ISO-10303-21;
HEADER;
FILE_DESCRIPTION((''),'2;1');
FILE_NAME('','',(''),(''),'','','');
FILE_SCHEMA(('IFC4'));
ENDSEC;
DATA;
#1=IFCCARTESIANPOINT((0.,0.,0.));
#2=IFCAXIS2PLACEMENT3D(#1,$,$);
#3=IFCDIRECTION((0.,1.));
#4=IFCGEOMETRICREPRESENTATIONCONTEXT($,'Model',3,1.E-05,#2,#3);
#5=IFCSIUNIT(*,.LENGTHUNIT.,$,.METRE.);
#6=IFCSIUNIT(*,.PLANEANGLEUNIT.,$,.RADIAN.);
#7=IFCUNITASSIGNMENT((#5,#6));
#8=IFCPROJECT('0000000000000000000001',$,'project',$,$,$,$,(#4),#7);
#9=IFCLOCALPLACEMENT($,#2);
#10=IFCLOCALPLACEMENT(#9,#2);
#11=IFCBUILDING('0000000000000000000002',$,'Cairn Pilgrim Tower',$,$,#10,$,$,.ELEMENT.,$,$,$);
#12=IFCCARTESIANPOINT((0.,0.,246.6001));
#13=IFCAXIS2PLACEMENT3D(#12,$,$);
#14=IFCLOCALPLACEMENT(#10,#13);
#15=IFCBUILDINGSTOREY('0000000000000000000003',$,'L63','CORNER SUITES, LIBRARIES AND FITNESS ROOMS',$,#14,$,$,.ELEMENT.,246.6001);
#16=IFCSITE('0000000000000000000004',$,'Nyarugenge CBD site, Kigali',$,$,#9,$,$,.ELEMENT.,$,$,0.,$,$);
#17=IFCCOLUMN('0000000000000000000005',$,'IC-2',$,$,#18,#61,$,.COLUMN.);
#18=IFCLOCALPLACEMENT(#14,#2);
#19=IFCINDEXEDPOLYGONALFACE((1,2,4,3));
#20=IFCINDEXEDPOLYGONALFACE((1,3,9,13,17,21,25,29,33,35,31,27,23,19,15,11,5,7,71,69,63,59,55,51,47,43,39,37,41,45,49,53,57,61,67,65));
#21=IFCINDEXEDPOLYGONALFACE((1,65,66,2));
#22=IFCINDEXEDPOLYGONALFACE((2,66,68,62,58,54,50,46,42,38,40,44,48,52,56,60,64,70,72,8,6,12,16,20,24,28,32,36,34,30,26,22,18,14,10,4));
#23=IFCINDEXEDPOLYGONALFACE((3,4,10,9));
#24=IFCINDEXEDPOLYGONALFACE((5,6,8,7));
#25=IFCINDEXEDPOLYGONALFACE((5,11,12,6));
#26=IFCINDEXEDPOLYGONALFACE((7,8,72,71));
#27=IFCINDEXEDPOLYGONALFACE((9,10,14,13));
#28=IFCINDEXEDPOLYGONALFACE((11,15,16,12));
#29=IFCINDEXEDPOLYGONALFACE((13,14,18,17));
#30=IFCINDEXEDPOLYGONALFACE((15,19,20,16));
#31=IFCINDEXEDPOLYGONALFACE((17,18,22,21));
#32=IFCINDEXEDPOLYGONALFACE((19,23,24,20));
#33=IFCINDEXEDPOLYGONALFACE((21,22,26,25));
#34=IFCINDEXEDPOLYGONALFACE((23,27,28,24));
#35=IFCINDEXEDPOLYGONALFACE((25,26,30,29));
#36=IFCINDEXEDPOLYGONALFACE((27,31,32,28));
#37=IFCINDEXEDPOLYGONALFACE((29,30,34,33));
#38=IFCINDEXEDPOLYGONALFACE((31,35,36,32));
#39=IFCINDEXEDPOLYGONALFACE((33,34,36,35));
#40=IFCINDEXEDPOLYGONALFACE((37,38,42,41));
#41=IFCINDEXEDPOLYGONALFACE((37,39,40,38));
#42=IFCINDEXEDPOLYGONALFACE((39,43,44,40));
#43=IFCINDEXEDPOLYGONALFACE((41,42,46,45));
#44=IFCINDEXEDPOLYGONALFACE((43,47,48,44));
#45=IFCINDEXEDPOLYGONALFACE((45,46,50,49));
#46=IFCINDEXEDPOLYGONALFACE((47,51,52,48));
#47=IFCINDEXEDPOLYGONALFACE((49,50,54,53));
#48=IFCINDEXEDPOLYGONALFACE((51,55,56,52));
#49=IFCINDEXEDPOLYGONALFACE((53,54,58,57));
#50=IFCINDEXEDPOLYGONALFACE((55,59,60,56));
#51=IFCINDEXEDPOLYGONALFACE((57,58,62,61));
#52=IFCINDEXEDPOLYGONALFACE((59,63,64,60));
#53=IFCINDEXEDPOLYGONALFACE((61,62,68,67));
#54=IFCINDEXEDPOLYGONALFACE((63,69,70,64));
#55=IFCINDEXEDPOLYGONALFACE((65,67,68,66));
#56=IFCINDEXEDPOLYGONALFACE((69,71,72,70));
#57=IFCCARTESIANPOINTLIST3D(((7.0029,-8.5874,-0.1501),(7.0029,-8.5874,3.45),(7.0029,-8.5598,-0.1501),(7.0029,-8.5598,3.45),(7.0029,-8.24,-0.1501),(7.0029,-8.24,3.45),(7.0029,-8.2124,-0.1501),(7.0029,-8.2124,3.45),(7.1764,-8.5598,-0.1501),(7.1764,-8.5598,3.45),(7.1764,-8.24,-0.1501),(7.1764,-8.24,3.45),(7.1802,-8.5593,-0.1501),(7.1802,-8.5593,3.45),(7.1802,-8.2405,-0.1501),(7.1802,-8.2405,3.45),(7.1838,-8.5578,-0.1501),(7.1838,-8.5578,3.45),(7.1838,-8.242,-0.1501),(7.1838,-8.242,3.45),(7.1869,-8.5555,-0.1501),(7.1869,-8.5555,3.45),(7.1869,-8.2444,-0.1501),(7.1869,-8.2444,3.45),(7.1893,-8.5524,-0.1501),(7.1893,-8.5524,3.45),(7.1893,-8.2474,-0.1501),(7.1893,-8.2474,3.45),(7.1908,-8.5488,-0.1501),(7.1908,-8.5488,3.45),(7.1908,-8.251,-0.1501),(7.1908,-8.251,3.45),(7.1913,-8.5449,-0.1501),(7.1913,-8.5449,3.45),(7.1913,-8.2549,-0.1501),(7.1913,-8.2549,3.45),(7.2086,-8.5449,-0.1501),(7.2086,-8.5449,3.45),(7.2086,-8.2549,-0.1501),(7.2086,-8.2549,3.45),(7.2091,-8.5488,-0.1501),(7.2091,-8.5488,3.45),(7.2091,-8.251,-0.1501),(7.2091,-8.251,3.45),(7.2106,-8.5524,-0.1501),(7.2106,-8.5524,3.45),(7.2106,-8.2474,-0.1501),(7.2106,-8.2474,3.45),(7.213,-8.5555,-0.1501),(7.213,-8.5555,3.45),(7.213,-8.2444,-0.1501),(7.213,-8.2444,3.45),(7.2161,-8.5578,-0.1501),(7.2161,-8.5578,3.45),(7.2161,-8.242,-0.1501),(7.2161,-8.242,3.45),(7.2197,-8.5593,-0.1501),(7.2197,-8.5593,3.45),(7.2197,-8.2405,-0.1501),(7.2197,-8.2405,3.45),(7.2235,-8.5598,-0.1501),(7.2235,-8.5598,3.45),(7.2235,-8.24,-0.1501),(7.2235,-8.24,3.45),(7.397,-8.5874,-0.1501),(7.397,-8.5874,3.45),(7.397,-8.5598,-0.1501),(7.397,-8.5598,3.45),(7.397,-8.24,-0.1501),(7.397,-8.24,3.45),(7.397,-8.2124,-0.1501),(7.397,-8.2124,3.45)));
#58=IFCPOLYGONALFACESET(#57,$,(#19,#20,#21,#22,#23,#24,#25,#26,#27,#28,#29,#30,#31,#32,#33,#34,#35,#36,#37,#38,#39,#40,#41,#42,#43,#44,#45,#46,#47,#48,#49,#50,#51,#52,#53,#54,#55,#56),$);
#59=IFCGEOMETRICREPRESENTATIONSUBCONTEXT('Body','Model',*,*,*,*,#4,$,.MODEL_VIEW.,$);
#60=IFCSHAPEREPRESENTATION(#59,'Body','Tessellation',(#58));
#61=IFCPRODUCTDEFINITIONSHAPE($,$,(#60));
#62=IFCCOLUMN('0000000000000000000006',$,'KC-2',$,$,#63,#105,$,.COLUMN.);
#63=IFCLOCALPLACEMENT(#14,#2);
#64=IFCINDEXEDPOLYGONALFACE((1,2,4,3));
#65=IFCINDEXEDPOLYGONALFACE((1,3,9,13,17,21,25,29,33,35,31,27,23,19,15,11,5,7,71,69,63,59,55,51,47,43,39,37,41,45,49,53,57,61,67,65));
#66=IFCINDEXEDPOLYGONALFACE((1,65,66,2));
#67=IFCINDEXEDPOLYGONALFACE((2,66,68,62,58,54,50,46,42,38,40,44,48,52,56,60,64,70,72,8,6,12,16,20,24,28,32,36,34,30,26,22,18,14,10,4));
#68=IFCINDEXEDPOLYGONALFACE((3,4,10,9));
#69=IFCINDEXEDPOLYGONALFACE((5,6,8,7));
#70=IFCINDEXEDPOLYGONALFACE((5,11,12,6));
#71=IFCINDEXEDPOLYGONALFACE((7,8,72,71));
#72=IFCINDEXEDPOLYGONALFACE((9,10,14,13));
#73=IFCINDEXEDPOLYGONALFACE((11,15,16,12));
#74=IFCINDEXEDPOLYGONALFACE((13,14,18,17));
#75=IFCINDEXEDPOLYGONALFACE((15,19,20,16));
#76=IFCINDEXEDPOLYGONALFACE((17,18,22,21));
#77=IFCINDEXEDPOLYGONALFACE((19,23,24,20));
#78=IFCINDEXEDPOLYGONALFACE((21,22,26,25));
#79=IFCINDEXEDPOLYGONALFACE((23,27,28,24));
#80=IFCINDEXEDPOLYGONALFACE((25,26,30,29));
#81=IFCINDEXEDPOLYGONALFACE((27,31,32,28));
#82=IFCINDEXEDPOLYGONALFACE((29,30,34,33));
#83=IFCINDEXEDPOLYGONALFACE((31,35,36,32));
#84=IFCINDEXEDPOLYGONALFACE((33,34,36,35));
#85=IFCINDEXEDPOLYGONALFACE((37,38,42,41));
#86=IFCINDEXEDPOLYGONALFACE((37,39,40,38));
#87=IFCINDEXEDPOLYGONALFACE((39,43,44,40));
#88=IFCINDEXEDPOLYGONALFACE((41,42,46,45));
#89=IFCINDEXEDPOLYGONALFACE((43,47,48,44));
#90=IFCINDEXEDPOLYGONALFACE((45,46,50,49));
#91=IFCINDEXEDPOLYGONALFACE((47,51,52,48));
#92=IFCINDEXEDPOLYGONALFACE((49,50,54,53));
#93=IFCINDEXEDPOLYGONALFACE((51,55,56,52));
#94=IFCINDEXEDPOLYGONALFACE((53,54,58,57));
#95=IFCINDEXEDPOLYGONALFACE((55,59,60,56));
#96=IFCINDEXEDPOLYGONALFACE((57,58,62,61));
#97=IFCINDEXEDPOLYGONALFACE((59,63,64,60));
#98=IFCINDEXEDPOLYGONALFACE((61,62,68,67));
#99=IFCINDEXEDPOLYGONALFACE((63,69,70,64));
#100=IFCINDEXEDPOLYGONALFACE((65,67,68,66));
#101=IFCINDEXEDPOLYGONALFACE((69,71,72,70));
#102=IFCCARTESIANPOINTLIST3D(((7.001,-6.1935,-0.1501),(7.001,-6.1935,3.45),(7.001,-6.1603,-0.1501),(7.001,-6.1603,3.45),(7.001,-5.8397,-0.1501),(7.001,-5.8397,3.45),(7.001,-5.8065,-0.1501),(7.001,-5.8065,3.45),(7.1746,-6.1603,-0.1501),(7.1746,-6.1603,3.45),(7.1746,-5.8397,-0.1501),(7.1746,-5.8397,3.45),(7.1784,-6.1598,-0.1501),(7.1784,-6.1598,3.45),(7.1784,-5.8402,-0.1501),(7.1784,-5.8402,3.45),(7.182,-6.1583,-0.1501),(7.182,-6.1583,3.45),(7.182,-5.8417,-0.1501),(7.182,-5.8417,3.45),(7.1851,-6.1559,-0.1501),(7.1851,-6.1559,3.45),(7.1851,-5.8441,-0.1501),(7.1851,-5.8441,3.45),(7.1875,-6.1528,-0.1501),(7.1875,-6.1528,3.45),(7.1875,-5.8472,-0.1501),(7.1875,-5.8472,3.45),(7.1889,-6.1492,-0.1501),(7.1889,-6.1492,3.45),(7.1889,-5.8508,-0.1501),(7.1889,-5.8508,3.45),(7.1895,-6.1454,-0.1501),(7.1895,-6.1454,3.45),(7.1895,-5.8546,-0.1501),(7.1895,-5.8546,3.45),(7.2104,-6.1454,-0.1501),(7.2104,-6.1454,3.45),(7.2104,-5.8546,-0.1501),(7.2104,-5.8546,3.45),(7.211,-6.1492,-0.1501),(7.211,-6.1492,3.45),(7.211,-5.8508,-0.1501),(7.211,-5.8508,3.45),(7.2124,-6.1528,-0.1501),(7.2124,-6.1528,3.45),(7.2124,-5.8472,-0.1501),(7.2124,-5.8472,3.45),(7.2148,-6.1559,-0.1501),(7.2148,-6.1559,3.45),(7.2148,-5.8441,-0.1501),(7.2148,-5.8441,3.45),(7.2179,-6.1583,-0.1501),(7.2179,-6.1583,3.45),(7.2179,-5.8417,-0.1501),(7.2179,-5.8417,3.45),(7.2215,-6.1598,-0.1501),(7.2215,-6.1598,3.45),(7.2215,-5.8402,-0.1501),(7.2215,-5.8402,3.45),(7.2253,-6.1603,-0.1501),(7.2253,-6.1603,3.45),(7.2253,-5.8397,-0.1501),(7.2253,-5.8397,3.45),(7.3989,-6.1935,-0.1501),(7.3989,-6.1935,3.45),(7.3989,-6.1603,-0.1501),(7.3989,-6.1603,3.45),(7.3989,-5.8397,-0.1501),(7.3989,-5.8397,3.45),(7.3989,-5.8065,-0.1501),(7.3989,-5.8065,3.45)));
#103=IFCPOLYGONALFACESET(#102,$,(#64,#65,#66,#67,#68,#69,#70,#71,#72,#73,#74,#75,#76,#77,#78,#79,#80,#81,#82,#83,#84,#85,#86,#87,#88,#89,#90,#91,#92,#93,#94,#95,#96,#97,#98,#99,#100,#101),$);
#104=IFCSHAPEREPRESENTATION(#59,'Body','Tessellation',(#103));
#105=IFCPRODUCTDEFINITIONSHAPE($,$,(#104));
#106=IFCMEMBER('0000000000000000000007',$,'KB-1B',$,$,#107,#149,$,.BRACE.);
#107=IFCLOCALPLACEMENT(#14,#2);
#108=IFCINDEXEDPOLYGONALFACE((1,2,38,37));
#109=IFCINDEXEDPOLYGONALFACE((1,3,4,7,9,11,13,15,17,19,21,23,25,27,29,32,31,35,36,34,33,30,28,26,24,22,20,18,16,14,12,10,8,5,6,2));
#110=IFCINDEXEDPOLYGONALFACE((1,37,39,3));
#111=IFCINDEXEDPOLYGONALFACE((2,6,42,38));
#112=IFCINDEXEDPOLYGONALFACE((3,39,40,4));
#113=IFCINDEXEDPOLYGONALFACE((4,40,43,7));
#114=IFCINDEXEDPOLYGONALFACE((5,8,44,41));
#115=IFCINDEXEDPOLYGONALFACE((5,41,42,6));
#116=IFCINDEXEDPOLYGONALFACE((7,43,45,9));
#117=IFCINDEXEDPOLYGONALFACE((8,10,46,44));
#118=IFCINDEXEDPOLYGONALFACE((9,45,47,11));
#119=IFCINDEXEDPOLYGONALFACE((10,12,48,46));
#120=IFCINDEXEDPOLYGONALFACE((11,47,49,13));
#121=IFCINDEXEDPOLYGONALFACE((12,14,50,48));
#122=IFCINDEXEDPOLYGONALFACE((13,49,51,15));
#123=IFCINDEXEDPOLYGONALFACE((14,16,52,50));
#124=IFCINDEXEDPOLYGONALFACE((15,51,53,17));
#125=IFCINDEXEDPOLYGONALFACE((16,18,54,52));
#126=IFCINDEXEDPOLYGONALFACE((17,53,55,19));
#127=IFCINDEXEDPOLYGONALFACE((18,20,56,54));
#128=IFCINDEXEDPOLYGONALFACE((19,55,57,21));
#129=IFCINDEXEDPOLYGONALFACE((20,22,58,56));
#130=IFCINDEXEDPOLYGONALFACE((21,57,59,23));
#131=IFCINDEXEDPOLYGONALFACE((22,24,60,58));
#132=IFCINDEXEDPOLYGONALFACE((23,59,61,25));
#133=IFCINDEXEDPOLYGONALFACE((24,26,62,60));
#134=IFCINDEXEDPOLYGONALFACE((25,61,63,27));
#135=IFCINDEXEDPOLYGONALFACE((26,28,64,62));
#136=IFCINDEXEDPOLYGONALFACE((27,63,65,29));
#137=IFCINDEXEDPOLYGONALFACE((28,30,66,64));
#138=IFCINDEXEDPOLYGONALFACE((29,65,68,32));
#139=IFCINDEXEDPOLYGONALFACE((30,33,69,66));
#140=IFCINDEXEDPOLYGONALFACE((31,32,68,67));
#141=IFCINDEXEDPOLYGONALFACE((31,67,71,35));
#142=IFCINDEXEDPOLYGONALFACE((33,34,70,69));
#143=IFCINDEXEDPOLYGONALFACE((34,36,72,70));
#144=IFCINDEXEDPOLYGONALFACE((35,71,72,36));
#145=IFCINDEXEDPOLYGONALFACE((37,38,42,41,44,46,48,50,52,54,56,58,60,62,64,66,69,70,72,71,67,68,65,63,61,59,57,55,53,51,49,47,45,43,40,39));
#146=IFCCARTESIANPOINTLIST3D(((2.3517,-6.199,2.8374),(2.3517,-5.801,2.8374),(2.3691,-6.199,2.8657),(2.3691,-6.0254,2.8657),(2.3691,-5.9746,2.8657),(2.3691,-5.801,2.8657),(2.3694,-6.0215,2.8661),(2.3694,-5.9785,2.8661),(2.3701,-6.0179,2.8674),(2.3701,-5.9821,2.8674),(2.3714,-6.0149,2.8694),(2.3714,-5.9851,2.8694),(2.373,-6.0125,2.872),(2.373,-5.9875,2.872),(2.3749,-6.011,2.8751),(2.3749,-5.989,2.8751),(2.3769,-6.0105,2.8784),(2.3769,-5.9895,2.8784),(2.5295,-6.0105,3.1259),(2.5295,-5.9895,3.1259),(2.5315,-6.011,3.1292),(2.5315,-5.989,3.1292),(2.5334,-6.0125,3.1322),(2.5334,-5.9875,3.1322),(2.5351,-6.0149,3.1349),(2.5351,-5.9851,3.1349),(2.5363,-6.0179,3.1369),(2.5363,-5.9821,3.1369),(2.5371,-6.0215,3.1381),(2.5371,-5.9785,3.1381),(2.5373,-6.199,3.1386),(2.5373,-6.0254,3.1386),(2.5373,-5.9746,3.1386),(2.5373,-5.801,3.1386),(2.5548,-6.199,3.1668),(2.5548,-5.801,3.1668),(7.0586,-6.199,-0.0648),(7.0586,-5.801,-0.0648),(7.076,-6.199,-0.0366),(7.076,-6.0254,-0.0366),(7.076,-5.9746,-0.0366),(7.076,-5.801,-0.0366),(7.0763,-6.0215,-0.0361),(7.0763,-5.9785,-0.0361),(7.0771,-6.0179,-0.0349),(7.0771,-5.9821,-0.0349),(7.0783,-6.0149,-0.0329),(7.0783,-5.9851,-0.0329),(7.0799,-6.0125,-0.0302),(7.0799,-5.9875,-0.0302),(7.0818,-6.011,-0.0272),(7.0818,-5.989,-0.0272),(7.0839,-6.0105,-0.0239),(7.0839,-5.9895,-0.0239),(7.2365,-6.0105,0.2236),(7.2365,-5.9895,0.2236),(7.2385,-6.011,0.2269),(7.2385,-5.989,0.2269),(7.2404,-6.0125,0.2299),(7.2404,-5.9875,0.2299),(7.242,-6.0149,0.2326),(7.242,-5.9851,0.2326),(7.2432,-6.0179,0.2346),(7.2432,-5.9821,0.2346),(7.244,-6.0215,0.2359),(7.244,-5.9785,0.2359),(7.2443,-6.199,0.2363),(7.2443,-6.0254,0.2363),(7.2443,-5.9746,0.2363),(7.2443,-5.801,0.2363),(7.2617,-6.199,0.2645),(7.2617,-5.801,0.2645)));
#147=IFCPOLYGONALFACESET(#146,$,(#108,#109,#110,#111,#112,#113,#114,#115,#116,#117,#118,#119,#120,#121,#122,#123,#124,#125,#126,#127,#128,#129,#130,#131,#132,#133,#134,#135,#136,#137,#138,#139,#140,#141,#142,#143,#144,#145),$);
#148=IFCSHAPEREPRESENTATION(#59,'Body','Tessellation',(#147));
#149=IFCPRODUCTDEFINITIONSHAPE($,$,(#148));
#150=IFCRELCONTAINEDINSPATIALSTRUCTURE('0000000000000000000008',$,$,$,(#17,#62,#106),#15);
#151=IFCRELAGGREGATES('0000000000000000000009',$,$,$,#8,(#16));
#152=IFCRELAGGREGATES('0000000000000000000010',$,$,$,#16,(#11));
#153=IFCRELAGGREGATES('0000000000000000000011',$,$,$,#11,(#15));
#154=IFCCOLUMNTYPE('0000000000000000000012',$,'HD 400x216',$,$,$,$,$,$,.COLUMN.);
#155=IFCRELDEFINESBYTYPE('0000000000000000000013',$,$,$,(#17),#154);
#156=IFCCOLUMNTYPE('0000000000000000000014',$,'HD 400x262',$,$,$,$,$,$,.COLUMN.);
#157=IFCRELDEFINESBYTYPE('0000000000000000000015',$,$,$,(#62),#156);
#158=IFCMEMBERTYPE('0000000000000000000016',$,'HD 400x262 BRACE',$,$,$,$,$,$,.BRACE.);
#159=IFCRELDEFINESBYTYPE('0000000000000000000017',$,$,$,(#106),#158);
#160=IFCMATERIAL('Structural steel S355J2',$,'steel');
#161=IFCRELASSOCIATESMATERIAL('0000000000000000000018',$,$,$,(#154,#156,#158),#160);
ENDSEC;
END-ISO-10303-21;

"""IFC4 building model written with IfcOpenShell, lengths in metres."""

from ifc_helpers import new_model, si_unit, direction, frame, origin, origin_2d, place, context, subcontext, project, spatial, i_section, extrude, material, material_profile, profile_set, type_object, element, save


model = new_model("IFC4")

# Units and contexts
model_context = context("Model", 3, precision=1e-05, world=origin(), true_north=direction((0.0, 1.0)))
body_context = subcontext(model_context, "Body", "Model", "MODEL_VIEW")
ifc_project = project(units=[si_unit("LENGTHUNIT", "METRE"), si_unit("PLANEANGLEUNIT", "RADIAN")], contexts=[model_context])

# Site, building, storey
site_placement = place(None, origin())
site = spatial("IfcSite", under=ifc_project, at=site_placement, Name="Nyarugenge CBD site, Kigali", CompositionType="ELEMENT", RefElevation=0.0)
building_placement = place(site_placement, origin())
building = spatial("IfcBuilding", under=site, at=building_placement, Name="Cairn Pilgrim Tower", CompositionType="ELEMENT")
storey_placement = place(building_placement, frame((0.0, 0.0, 246.6001)))
storey = spatial("IfcBuildingStorey", under=building, at=storey_placement, Name="L63", Description="CORNER SUITES, LIBRARIES AND FITNESS ROOMS", CompositionType="ELEMENT", Elevation=246.6001)

# Columns
ifc_material_1 = material(Name="Structural steel S355J2", Category="steel")
ifc_material_profile_1 = material_profile(ifc_material_1, i_section(OverallWidth=0.394, OverallDepth=0.375, WebThickness=0.0173, FlangeThickness=0.0276, FilletRadius=0.0149, at=origin_2d()), Name="HD 400x216")
ifc_profile_set_1 = profile_set([ifc_material_profile_1], Name="Structural steel S355J2")
column_type_1 = type_object("IfcColumnType", Name="HD 400x216", PredefinedType="COLUMN", material=ifc_profile_set_1)
column_1_placement = place(storey_placement, frame((7.2, -8.3999, -0.1501), z_axis=(0.0, 0.0, 1.0), x_axis=(1.0, 0.0, 0.0)))
element("IfcColumn", 1, at=column_1_placement, inside=storey, type_object=column_type_1, Name="IC-2", PredefinedType="COLUMN", context=body_context, shape_type="SweptSolid", body=[
    extrude(i_section(OverallWidth=0.394, OverallDepth=0.375, WebThickness=0.0173, FlangeThickness=0.0276, FilletRadius=0.0149, at=origin_2d()), origin(), (0.0, 0.0, 1.0), 3.6001),
])
ifc_material_profile_2 = material_profile(ifc_material_1, i_section(OverallWidth=0.3979, OverallDepth=0.387, WebThickness=0.021, FlangeThickness=0.0332, FilletRadius=0.0149, at=origin_2d()), Name="HD 400x262")
ifc_profile_set_2 = profile_set([ifc_material_profile_2], Name="Structural steel S355J2")
column_type_2 = type_object("IfcColumnType", Name="HD 400x262", PredefinedType="COLUMN", material=ifc_profile_set_2)
column_2_placement = place(storey_placement, frame((7.2, -6.0, -0.1501), z_axis=(0.0, 0.0, 1.0), x_axis=(1.0, 0.0, 0.0)))
element("IfcColumn", 2, at=column_2_placement, inside=storey, type_object=column_type_2, Name="KC-2", PredefinedType="COLUMN", context=body_context, shape_type="SweptSolid", body=[
    extrude(i_section(OverallWidth=0.3979, OverallDepth=0.387, WebThickness=0.021, FlangeThickness=0.0332, FilletRadius=0.0149, at=origin_2d()), origin(), (0.0, 0.0, 1.0), 3.6001),
])

# Member
ifc_material_profile_3 = material_profile(ifc_material_1, i_section(OverallWidth=0.3979, OverallDepth=0.387, WebThickness=0.021, FlangeThickness=0.0332, FilletRadius=0.0149, at=origin_2d()), Name="HD 400x262")
ifc_profile_set_3 = profile_set([ifc_material_profile_3], Name="Structural steel S355J2")
member_type = type_object("IfcMemberType", Name="HD 400x262 BRACE", PredefinedType="BRACE", material=ifc_profile_set_3)
member_placement = place(storey_placement, frame((7.1602, -6.0, 0.0999), z_axis=(-0.851197, 0.0, 0.524846), x_axis=(0.0, -1.0, 0.0)))
element("IfcMember", 3, at=member_placement, inside=storey, type_object=member_type, Name="KB-1B", PredefinedType="BRACE", context=body_context, shape_type="SweptSolid", body=[
    extrude(i_section(OverallWidth=0.3979, OverallDepth=0.387, WebThickness=0.021, FlangeThickness=0.0332, FilletRadius=0.0149, at=origin_2d()), origin(), (0.0, 0.0, 1.0), 5.5298),
])

save(model, "model.ifc")
